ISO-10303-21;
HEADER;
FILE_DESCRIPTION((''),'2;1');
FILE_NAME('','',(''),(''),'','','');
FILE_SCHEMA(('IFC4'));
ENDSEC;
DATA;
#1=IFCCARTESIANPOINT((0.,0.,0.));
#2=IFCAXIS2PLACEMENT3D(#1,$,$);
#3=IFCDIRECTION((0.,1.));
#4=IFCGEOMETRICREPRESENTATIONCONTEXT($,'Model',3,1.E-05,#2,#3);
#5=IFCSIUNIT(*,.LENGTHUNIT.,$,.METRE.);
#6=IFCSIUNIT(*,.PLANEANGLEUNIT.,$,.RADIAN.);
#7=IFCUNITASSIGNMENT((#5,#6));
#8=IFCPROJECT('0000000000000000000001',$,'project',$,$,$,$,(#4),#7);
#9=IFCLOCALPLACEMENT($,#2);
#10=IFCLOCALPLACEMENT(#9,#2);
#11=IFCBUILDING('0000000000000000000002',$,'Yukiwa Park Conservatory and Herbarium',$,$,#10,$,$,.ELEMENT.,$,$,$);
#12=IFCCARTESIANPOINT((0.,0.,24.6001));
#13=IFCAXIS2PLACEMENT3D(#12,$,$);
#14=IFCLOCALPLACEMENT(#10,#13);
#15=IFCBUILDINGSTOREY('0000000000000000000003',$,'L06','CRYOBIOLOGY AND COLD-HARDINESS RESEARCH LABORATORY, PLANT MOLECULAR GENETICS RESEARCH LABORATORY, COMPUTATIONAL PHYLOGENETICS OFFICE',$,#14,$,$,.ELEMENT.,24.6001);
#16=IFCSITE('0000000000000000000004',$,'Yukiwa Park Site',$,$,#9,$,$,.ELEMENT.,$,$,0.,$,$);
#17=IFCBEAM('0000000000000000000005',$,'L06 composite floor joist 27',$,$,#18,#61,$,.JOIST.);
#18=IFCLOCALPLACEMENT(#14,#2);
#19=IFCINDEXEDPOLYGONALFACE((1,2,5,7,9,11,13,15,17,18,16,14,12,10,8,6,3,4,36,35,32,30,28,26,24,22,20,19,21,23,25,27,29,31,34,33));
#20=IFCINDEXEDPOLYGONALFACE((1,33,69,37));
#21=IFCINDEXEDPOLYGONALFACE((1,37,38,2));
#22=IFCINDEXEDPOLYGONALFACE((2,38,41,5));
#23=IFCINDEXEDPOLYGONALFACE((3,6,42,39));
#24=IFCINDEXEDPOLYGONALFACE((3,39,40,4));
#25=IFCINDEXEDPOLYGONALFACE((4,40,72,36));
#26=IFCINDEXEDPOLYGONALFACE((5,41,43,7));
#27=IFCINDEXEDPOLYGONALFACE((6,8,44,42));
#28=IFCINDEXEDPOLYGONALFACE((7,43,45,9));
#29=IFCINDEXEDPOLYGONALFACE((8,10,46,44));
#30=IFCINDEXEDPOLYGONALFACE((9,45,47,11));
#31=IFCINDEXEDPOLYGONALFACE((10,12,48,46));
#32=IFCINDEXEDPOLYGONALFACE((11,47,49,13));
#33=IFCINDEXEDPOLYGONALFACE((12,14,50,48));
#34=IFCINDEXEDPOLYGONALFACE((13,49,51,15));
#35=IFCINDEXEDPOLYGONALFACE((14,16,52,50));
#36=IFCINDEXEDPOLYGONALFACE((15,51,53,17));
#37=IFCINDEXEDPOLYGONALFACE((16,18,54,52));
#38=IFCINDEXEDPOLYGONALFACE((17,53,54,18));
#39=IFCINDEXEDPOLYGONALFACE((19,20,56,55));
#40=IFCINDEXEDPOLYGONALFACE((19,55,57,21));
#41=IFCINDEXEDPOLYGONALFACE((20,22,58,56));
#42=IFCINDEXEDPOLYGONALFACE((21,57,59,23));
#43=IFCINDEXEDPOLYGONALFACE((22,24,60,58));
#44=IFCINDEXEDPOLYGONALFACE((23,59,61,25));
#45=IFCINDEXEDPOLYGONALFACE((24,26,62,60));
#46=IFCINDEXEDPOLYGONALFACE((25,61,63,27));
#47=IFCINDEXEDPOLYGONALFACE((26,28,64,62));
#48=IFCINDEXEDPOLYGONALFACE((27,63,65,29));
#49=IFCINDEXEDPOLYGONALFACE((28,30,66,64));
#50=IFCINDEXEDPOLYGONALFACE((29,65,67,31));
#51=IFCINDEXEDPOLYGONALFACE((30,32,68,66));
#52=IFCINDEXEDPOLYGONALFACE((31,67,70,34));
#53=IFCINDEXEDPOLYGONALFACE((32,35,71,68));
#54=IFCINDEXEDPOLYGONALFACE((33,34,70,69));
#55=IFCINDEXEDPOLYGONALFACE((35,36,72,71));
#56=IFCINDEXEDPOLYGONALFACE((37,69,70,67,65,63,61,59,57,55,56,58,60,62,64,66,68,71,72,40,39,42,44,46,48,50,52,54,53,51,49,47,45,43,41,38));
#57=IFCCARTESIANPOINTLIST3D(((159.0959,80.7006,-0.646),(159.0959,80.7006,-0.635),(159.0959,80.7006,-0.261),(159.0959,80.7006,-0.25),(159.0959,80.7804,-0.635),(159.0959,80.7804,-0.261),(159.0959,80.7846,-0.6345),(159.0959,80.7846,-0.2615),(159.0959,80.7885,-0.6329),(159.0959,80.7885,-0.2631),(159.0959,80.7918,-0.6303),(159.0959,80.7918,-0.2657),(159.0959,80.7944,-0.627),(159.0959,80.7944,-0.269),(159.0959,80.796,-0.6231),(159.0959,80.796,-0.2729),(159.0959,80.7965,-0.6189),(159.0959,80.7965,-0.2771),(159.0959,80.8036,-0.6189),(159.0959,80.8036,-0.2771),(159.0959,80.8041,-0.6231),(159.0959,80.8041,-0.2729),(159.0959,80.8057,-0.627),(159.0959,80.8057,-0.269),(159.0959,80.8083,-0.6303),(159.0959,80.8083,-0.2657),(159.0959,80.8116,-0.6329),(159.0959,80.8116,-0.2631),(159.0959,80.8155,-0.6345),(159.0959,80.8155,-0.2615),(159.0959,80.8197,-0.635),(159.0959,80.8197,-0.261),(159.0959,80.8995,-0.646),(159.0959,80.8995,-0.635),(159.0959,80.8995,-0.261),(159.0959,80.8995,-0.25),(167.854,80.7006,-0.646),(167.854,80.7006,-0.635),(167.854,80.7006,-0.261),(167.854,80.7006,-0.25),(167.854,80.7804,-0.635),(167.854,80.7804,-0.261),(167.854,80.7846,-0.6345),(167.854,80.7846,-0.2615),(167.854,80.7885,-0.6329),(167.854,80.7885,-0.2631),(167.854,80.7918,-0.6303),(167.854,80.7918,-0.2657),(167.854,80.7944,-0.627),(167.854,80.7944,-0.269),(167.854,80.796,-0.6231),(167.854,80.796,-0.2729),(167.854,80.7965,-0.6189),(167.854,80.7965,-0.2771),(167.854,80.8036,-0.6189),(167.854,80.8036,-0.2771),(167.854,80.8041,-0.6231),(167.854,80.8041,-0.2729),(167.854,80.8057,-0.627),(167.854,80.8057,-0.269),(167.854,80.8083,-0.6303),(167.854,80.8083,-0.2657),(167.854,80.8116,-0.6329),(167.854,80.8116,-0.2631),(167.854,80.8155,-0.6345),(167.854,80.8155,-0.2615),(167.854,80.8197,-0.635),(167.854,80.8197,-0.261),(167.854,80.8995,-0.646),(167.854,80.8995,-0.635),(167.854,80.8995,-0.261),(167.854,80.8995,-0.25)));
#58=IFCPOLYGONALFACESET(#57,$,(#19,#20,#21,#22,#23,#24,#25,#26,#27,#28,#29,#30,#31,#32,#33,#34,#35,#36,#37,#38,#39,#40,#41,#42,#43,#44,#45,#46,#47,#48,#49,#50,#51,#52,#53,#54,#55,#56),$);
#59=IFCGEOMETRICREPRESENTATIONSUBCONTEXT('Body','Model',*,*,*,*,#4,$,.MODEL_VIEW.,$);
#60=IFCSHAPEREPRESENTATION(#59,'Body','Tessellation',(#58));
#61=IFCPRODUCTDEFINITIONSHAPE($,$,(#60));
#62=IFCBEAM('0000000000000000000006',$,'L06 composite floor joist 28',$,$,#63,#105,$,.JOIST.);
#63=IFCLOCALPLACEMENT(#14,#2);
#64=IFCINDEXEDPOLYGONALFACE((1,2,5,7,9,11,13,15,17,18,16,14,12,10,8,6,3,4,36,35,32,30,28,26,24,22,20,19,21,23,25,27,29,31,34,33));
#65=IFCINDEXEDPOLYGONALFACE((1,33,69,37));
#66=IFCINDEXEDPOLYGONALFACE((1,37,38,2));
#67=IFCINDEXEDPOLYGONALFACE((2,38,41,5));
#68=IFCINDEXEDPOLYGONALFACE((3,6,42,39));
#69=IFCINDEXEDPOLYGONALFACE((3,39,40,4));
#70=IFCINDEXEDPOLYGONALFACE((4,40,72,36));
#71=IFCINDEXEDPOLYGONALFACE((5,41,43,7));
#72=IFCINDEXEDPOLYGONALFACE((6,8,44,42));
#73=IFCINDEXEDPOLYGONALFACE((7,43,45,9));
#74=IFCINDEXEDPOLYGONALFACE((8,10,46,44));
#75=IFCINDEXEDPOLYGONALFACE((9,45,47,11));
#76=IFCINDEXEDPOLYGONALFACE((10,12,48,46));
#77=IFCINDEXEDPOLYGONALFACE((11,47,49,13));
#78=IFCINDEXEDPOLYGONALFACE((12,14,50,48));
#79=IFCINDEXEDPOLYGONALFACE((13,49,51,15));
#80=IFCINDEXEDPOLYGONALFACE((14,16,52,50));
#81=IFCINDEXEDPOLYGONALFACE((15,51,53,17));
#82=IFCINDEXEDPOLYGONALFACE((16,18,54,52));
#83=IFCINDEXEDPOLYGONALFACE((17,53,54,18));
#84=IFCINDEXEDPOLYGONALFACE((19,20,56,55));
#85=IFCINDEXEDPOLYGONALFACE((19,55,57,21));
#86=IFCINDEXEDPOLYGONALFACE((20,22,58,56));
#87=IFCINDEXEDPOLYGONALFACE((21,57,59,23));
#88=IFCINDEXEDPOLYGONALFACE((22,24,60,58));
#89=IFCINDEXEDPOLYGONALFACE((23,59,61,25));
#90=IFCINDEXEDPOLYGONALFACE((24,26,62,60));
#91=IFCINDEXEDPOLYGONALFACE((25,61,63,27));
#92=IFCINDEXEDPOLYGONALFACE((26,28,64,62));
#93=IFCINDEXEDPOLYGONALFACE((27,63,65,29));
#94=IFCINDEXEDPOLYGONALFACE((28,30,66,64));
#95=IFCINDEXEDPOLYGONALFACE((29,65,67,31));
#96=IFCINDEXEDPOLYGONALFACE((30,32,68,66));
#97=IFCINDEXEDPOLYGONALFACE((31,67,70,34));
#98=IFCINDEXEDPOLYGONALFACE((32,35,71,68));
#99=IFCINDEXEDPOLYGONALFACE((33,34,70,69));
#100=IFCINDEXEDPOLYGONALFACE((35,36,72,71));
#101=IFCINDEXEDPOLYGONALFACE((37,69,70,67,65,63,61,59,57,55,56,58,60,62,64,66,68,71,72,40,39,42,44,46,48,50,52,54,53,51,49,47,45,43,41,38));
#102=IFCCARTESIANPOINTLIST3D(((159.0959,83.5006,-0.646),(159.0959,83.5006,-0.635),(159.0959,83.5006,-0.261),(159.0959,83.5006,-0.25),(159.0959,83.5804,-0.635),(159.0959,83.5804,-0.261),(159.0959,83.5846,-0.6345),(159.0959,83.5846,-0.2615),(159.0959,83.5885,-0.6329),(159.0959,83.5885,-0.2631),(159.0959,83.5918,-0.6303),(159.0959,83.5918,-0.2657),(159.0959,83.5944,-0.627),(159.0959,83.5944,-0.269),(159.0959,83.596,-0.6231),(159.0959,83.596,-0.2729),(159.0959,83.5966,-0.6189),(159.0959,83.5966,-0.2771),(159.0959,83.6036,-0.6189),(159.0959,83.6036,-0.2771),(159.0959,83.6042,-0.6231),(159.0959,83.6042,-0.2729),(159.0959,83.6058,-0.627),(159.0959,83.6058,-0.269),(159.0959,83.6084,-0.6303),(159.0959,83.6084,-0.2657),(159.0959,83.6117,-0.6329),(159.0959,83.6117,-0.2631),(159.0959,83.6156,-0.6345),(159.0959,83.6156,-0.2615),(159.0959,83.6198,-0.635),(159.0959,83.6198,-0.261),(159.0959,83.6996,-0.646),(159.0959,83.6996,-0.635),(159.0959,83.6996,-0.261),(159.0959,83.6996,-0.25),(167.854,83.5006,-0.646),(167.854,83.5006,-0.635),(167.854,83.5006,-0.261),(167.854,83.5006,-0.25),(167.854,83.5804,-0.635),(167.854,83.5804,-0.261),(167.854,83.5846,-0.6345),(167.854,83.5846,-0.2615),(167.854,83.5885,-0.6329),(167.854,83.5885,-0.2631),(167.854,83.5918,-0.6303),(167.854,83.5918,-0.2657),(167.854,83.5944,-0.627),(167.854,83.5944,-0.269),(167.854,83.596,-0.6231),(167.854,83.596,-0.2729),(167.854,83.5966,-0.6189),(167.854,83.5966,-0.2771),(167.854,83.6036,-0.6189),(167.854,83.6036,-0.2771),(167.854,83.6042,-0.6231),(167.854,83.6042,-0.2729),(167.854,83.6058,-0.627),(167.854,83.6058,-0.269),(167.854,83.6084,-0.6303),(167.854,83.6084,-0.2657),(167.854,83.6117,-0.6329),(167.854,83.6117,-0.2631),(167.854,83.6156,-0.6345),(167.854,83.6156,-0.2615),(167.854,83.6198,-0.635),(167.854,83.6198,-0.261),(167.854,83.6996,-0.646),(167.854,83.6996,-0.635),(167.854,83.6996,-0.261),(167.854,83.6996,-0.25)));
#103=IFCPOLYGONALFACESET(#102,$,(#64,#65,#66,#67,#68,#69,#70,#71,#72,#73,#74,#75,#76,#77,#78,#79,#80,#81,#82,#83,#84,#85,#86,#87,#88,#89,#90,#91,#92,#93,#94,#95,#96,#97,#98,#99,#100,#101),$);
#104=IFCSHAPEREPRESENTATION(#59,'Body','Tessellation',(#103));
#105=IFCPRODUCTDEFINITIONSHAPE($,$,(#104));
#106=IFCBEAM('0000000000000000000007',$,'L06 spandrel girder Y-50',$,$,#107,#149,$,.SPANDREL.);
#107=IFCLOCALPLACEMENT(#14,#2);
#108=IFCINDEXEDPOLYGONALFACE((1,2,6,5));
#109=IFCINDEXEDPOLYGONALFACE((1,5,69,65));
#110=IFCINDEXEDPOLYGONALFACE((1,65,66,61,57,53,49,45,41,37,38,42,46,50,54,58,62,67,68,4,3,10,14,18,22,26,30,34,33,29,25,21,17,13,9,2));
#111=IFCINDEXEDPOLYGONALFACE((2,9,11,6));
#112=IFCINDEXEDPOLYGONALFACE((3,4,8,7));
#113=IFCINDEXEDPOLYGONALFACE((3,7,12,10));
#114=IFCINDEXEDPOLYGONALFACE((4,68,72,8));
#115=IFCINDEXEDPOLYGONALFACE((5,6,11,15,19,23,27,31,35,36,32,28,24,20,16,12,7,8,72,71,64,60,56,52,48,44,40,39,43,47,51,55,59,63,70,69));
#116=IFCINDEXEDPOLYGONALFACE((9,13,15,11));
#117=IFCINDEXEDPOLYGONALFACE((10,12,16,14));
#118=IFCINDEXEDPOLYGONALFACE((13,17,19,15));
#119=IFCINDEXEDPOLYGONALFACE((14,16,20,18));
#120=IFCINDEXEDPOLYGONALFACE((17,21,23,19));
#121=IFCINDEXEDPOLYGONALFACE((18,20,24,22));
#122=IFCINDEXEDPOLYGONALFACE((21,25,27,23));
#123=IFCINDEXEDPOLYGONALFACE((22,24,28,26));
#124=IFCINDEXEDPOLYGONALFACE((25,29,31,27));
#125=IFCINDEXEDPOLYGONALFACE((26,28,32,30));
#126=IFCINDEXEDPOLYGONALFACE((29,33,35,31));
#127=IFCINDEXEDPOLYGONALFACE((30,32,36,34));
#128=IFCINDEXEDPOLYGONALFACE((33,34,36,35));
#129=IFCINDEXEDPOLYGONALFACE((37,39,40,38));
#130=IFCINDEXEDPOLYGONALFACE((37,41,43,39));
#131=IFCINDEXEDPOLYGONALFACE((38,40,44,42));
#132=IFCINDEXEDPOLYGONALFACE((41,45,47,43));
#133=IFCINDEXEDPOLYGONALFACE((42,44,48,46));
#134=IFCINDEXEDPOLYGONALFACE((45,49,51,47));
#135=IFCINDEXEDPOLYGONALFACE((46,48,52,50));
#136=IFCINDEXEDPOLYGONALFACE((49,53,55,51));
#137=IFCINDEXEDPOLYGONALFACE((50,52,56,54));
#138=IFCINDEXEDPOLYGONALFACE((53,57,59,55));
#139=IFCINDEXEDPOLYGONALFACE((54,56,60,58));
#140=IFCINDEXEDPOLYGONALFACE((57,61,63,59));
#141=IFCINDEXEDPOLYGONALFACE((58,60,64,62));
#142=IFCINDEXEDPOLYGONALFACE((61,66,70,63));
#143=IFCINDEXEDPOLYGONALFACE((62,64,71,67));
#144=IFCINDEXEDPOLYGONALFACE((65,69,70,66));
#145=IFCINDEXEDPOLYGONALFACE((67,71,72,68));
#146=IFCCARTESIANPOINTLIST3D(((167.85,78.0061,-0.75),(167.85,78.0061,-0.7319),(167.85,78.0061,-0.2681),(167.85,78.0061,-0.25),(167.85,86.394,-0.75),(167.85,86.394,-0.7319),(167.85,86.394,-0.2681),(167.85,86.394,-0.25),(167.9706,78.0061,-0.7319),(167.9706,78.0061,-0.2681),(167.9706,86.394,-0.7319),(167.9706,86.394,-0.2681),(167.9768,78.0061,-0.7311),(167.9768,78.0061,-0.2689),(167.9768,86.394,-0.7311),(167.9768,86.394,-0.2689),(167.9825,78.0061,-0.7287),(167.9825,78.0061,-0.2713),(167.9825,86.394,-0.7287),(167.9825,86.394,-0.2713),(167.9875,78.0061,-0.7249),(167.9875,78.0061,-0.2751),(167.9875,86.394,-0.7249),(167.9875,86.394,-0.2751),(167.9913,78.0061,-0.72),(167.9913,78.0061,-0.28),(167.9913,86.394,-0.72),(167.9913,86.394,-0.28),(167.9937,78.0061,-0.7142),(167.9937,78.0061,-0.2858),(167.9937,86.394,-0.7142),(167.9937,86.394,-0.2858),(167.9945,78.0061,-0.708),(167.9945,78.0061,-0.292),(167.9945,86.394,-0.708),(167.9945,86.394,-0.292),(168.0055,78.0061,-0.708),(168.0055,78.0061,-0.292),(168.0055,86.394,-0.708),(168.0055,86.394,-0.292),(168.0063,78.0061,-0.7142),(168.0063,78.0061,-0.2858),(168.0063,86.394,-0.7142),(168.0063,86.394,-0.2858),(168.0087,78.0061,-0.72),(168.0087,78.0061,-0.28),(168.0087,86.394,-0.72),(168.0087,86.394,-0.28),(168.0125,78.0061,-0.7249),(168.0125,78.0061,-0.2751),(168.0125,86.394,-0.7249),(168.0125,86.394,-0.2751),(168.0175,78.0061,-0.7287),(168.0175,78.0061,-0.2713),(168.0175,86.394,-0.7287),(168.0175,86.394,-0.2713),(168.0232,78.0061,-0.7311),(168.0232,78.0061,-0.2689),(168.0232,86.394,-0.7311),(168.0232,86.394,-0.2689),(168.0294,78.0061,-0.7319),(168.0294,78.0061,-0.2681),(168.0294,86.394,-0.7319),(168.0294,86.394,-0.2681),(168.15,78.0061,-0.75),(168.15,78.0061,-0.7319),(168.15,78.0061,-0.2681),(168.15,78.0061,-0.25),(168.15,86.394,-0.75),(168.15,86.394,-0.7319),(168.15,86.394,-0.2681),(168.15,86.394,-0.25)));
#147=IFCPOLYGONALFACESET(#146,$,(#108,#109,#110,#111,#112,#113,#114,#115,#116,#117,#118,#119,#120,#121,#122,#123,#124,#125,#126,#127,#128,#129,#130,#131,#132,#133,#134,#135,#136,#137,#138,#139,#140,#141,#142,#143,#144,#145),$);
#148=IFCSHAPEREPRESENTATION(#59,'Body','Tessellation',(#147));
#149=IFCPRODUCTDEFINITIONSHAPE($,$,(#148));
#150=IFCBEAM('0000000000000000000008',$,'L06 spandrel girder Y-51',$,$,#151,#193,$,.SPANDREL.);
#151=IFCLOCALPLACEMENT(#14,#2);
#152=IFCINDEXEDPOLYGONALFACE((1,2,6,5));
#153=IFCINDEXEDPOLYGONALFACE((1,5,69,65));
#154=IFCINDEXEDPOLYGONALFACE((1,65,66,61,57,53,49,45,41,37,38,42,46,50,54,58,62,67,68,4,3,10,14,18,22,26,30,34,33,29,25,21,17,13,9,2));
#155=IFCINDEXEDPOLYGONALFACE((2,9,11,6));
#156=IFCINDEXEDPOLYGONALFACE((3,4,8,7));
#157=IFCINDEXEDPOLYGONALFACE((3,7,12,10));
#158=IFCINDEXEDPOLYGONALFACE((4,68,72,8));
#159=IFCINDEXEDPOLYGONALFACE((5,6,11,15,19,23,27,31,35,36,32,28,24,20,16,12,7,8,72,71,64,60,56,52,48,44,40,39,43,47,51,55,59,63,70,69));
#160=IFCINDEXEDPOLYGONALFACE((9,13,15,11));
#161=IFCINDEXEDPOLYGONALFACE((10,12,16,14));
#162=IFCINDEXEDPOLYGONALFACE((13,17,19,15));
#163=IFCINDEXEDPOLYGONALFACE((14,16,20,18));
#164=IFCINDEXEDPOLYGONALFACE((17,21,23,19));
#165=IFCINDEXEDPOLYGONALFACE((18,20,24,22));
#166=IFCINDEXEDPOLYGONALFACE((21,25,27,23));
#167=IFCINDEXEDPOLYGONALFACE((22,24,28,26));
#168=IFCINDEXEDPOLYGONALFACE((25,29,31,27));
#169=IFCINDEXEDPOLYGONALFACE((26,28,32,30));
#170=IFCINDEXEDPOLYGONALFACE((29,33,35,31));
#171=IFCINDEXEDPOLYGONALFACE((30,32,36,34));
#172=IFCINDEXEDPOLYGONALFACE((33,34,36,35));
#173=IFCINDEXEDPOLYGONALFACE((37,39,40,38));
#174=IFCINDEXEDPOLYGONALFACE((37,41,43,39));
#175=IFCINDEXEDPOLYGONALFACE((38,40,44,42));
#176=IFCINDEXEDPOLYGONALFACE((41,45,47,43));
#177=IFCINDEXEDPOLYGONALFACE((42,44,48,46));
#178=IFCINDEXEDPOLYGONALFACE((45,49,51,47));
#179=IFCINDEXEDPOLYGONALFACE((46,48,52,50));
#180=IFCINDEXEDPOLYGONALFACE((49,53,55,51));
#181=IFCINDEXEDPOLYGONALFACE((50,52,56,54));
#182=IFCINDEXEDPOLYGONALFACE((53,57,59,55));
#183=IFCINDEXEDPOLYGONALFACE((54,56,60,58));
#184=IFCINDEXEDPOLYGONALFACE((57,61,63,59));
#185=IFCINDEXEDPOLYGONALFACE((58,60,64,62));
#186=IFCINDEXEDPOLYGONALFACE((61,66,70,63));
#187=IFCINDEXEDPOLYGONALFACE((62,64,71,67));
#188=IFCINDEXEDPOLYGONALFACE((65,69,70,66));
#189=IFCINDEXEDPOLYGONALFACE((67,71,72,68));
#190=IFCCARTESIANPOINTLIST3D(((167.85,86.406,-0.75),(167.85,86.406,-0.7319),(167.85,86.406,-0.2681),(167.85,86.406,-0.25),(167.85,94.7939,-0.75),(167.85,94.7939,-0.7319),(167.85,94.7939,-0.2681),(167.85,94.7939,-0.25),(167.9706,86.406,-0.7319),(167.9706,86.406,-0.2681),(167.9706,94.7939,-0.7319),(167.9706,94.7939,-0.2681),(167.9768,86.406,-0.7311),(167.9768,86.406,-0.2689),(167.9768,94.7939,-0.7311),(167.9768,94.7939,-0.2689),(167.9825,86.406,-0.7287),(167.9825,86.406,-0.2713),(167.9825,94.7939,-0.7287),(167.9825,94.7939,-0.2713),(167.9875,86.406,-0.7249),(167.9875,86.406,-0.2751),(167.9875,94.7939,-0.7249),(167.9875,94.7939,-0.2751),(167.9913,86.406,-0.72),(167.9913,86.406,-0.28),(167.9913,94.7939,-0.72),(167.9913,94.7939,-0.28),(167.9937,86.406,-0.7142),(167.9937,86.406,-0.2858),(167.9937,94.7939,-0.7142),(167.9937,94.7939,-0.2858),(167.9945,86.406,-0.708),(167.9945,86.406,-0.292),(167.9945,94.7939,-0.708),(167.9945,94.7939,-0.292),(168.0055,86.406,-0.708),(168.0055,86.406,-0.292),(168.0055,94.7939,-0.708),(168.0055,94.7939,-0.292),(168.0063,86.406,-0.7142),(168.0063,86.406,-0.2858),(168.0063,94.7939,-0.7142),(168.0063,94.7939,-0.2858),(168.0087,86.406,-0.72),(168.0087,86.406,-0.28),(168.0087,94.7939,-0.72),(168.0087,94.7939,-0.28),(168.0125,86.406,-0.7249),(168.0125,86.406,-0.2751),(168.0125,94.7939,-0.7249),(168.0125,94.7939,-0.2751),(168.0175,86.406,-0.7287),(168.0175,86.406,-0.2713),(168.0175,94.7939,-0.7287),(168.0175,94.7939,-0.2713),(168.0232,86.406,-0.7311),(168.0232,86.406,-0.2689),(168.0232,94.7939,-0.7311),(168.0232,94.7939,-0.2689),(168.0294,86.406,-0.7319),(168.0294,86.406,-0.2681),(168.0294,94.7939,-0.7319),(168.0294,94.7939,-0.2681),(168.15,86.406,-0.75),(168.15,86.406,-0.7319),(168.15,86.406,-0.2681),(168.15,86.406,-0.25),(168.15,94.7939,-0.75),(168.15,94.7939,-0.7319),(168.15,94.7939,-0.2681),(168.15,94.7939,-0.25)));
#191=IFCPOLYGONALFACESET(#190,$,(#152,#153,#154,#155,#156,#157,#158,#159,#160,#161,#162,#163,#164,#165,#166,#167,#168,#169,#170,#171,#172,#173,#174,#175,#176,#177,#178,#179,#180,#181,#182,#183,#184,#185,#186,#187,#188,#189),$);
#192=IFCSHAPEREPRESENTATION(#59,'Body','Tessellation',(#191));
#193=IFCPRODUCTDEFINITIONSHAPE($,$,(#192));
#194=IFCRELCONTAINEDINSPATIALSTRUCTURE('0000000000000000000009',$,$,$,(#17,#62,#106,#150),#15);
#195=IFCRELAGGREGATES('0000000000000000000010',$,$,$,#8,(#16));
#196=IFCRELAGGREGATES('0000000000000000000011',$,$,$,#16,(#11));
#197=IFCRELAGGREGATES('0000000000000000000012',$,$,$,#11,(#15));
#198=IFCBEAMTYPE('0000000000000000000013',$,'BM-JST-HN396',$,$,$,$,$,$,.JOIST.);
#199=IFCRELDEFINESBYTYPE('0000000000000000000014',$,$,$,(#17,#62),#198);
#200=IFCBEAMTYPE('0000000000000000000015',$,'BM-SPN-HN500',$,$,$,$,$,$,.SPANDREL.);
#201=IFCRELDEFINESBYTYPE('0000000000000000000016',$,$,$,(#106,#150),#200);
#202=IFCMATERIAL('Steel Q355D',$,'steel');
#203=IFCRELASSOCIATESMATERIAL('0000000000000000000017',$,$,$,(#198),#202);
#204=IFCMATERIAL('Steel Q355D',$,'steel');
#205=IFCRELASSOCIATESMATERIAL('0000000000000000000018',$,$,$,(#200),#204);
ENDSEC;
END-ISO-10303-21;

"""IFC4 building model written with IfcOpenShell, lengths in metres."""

from ifc_helpers import new_model, si_unit, direction, frame, origin, origin_2d, place, context, subcontext, project, spatial, i_section, extrude, material, material_profile, profile_set, type_object, element, save


model = new_model("IFC4")

# Units and contexts
model_context = context("Model", 3, precision=1e-05, world=origin(), true_north=direction((0.0, 1.0)))
body_context = subcontext(model_context, "Body", "Model", "MODEL_VIEW")
ifc_project = project(units=[si_unit("LENGTHUNIT", "METRE"), si_unit("PLANEANGLEUNIT", "RADIAN")], contexts=[model_context])

# Site, building, storey
site_placement = place(None, origin())
site = spatial("IfcSite", under=ifc_project, at=site_placement, Name="Yukiwa Park Site", CompositionType="ELEMENT", RefElevation=0.0)
building_placement = place(site_placement, origin())
building = spatial("IfcBuilding", under=site, at=building_placement, Name="Yukiwa Park Conservatory and Herbarium", CompositionType="ELEMENT")
storey_placement = place(building_placement, frame((0.0, 0.0, 24.6001)))
storey = spatial("IfcBuildingStorey", under=building, at=storey_placement, Name="L06", Description="CRYOBIOLOGY AND COLD-HARDINESS RESEARCH LABORATORY, PLANT MOLECULAR GENETICS RESEARCH LABORATORY, COMPUTATIONAL PHYLOGENETICS OFFICE", CompositionType="ELEMENT", Elevation=24.6001)

# Beams
ifc_material_1 = material(Name="Steel Q355D", Category="steel")
ifc_material_profile_1 = material_profile(ifc_material_1, i_section(OverallWidth=0.199, OverallDepth=0.396, WebThickness=0.0071, FlangeThickness=0.011, FilletRadius=0.0161, at=origin_2d()), Name="HN 396x199x7x11")
ifc_profile_set_1 = profile_set([ifc_material_profile_1], Name="Steel Q355D")
beam_type_1 = type_object("IfcBeamType", Name="BM-JST-HN396", PredefinedType="JOIST", material=ifc_profile_set_1)
for number, where, z_axis, x_axis, name in (
    (1, (159.0959, 80.8, -0.448), (1.0, 0.0, 0.0), (0.0, 1.0, 0.0), "L06 composite floor joist 27"),
    (2, (159.0959, 83.6001, -0.448), (1.0, 0.0, 0.0), (0.0, 1.0, 0.0), "L06 composite floor joist 28"),
):
    element("IfcBeam", number, at=place(storey_placement, frame(where, z_axis=z_axis, x_axis=x_axis)), inside=storey, type_object=beam_type_1, Name=name, PredefinedType="JOIST", context=body_context, shape_type="SweptSolid", body=[
        extrude(i_section(OverallWidth=0.199, OverallDepth=0.396, WebThickness=0.0071, FlangeThickness=0.011, FilletRadius=0.0161, at=origin_2d()), origin(), (0.0, 0.0, 1.0), 8.7581),
    ])
ifc_material_2 = material(Name="Steel Q355D", Category="steel")
ifc_material_profile_2 = material_profile(ifc_material_2, i_section(OverallWidth=0.3, OverallDepth=0.5, WebThickness=0.011, FlangeThickness=0.0181, FilletRadius=0.0239, at=origin_2d()), Name="HM 500x300x11x18")
ifc_profile_set_2 = profile_set([ifc_material_profile_2], Name="Steel Q355D")
beam_type_2 = type_object("IfcBeamType", Name="BM-SPN-HN500", PredefinedType="SPANDREL", material=ifc_profile_set_2)
for number, where, z_axis, x_axis, name in (
    (3, (168.0, 78.0061, -0.5), (0.0, 1.0, 0.0), (-1.0, 0.0, 0.0), "L06 spandrel girder Y-50"),
    (4, (168.0, 86.406, -0.5), (0.0, 1.0, 0.0), (-1.0, 0.0, 0.0), "L06 spandrel girder Y-51"),
):
    element("IfcBeam", number, at=place(storey_placement, frame(where, z_axis=z_axis, x_axis=x_axis)), inside=storey, type_object=beam_type_2, Name=name, PredefinedType="SPANDREL", context=body_context, shape_type="SweptSolid", body=[
        extrude(i_section(OverallWidth=0.3, OverallDepth=0.5, WebThickness=0.011, FlangeThickness=0.0181, FilletRadius=0.0239, at=origin_2d()), origin(), (0.0, 0.0, 1.0), 8.3879),
    ])

save(model, "model.ifc")
